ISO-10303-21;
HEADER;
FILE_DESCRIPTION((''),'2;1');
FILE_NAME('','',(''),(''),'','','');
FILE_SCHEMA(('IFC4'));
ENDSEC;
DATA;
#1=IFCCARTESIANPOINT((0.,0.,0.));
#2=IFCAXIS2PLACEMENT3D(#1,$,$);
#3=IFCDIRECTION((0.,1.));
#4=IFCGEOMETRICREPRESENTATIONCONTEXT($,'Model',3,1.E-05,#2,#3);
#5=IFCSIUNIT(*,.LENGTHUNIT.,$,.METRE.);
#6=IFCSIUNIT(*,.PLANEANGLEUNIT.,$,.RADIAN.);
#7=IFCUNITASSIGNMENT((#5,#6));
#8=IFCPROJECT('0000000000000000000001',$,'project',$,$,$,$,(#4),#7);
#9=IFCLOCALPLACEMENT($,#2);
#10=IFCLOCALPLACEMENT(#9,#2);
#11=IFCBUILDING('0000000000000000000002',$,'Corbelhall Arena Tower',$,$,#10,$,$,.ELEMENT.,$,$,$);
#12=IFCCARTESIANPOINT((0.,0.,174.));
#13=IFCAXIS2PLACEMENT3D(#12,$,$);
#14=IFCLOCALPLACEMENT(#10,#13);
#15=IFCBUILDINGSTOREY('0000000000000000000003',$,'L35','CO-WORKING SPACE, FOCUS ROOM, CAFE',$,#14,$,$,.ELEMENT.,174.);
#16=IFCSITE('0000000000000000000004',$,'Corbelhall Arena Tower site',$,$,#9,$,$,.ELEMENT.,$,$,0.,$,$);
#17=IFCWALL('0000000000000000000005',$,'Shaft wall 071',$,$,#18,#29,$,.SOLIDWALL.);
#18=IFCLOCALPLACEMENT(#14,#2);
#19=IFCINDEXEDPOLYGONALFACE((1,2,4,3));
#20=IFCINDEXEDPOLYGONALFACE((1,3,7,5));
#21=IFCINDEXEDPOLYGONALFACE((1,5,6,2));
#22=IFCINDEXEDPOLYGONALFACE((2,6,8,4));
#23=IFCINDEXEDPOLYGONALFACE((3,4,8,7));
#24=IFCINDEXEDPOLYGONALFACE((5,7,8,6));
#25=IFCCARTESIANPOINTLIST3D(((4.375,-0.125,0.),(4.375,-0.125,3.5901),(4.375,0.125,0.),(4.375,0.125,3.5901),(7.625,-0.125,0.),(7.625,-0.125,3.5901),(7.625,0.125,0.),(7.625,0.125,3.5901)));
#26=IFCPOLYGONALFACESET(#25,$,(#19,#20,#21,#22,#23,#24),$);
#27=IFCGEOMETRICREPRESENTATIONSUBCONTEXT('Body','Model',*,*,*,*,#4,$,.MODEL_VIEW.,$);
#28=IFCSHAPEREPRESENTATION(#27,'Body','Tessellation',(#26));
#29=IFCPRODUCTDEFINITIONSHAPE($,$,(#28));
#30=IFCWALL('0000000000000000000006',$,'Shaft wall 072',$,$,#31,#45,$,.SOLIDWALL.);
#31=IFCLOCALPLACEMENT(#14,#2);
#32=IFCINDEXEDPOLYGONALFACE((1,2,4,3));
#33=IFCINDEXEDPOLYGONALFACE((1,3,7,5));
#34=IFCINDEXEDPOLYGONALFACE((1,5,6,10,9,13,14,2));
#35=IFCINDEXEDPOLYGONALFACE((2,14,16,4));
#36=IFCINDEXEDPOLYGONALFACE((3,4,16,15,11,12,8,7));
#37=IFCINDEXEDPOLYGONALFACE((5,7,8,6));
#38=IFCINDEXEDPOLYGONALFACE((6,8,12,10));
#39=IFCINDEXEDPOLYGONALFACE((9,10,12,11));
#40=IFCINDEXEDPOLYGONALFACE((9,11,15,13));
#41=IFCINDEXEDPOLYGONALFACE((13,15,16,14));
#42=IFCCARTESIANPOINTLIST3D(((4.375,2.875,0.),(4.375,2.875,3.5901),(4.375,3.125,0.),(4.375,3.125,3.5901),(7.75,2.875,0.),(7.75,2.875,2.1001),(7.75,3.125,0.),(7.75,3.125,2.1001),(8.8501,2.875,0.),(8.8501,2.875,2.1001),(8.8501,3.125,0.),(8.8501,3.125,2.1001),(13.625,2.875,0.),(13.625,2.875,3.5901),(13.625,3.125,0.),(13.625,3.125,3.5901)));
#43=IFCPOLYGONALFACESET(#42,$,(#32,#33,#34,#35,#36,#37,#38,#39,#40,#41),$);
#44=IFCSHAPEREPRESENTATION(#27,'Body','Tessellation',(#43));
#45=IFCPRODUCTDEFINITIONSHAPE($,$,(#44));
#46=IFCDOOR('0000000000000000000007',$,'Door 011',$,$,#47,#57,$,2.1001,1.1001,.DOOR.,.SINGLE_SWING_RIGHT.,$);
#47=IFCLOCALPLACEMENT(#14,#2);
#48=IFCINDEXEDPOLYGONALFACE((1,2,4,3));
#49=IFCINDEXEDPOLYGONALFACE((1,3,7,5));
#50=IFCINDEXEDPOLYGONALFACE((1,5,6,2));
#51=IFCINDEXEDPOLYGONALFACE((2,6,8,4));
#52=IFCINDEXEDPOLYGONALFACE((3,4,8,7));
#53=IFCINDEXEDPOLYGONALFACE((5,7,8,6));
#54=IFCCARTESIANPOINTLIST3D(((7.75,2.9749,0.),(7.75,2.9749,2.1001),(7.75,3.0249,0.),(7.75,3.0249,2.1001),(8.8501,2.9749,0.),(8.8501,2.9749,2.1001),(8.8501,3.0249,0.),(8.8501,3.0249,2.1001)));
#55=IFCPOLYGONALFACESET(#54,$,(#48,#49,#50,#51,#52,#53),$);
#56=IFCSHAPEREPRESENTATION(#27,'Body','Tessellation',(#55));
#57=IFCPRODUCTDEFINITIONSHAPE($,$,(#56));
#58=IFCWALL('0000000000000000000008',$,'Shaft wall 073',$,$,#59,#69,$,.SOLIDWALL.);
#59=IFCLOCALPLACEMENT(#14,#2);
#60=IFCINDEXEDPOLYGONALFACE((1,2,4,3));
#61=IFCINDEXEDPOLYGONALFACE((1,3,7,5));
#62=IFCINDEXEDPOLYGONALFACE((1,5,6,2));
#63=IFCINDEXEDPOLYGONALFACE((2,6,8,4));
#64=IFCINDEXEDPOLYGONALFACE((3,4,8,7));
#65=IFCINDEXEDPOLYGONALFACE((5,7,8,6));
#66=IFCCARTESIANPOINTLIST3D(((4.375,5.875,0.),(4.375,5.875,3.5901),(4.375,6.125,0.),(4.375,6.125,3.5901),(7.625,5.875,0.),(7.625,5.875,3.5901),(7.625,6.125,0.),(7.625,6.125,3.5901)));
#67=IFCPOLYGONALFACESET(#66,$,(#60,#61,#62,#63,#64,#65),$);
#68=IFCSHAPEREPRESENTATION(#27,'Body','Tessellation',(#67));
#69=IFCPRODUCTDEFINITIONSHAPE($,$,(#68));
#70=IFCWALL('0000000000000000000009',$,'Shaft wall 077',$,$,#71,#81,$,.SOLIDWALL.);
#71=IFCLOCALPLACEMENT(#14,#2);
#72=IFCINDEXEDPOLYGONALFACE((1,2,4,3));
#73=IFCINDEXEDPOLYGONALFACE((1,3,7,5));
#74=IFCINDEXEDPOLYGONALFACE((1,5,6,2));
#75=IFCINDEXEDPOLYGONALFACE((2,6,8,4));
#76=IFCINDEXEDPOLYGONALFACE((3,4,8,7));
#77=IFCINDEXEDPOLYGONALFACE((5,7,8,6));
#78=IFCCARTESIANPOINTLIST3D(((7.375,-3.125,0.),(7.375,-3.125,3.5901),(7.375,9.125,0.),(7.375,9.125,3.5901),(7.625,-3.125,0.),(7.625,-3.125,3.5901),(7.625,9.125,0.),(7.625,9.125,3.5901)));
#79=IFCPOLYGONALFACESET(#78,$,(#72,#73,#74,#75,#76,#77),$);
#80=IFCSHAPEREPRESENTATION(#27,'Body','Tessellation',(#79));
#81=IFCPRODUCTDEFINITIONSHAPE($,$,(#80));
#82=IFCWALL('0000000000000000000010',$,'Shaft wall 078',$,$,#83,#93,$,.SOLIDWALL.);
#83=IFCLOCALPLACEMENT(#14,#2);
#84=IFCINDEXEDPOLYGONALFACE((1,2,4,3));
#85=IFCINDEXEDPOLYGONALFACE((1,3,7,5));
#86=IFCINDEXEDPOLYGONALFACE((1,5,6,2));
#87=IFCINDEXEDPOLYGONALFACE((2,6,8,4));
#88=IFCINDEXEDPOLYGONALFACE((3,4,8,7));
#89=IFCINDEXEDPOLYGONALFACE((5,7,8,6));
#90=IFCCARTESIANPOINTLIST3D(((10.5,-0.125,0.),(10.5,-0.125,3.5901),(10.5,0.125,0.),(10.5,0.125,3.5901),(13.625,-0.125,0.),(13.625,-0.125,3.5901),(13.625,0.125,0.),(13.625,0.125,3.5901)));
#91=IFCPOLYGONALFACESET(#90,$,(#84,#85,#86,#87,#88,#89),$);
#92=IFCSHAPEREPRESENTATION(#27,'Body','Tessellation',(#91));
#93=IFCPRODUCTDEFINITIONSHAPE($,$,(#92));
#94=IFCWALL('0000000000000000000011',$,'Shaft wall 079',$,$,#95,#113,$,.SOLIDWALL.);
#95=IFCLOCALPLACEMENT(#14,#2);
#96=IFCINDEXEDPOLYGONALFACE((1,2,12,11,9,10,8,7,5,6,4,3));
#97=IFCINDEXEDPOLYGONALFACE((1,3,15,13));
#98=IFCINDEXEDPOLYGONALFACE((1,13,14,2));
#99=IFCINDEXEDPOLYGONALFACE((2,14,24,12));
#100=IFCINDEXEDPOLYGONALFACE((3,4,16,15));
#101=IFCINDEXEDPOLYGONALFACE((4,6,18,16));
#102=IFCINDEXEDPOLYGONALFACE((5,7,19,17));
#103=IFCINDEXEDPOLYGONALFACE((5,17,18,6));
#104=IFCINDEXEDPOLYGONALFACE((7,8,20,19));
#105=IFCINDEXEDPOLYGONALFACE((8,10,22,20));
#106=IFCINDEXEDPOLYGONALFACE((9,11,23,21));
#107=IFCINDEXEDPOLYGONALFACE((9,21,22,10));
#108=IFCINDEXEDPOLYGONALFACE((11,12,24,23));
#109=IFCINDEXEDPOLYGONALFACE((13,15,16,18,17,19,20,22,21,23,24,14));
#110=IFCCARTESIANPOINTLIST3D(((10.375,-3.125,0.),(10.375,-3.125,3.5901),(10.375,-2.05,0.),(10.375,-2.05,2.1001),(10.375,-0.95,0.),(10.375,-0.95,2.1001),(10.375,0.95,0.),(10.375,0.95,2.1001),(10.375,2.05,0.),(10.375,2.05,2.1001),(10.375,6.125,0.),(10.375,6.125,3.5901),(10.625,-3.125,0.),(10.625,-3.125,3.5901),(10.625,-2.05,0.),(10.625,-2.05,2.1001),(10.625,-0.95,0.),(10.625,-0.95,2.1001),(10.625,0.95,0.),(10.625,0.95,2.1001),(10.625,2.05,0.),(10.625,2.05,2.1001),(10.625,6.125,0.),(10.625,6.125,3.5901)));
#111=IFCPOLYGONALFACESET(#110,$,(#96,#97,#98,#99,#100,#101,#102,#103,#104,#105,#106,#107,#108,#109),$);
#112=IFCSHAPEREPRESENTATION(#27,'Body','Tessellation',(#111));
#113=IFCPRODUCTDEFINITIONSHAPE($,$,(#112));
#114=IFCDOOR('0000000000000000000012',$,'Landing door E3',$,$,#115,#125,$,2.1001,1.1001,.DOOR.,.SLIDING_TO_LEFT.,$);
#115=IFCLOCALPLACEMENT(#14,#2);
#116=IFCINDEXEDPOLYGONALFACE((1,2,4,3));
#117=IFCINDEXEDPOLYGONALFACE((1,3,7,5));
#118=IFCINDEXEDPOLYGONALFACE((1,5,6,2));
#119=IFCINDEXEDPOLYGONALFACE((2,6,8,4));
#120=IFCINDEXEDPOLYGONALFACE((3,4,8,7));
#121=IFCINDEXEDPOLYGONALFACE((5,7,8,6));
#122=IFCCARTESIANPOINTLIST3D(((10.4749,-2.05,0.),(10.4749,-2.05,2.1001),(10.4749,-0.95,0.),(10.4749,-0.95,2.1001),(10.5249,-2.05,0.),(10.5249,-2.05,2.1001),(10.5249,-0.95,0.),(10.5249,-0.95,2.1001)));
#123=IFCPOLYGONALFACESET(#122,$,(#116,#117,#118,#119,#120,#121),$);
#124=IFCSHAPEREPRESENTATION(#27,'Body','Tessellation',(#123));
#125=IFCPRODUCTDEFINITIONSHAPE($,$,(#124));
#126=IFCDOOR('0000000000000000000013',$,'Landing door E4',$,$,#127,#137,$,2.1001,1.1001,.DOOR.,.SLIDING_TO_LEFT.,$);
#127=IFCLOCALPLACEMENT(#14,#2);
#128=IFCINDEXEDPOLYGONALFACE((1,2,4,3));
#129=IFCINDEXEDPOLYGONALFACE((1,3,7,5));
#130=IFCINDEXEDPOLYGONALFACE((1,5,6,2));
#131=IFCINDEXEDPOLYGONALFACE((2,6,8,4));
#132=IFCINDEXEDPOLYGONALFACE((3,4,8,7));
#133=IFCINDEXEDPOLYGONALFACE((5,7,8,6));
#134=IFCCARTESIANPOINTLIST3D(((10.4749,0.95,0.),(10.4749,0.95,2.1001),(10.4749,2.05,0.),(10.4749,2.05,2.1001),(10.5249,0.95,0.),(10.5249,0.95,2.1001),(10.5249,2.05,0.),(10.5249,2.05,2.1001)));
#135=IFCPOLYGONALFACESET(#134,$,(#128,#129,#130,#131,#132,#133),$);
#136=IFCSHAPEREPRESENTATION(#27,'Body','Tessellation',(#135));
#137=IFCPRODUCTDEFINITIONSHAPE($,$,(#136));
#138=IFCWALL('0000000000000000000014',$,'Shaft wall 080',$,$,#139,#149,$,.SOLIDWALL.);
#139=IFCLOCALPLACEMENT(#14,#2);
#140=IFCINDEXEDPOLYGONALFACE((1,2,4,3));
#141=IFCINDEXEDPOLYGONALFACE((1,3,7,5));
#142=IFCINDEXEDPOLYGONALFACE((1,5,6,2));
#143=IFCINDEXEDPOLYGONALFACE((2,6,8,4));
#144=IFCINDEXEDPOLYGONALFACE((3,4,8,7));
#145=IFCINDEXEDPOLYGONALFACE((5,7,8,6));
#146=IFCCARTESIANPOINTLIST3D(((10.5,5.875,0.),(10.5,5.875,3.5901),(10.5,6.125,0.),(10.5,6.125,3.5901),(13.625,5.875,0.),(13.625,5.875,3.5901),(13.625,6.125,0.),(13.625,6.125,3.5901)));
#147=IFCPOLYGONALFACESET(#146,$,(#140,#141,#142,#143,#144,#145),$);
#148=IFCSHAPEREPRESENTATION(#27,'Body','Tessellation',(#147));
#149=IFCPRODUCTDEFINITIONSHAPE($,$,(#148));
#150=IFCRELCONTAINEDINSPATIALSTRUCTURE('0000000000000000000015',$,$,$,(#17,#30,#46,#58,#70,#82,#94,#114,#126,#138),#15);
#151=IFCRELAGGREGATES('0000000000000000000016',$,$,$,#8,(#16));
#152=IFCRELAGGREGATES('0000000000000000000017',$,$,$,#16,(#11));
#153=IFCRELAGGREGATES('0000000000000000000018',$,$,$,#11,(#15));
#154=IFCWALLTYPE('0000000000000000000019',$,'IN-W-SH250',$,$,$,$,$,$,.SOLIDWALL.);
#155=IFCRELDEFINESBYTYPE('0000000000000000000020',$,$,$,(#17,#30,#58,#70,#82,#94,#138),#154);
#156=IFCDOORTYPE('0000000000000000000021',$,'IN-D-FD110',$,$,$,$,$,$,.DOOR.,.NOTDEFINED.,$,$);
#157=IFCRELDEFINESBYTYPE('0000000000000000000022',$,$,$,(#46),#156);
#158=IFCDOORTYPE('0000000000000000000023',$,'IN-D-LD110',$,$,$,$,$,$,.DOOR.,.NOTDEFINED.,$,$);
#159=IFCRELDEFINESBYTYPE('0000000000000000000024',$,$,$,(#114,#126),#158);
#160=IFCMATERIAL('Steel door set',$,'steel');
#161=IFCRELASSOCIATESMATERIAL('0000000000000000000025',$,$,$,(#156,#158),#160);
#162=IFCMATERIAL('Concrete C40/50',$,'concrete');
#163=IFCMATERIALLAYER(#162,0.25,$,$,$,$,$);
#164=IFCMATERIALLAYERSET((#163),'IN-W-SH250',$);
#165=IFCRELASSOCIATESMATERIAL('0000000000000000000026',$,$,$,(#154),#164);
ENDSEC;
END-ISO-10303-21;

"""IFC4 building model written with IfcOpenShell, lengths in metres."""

from ifc_helpers import new_model, si_unit, direction, frame, frame_2d, origin, place, context, subcontext, project, spatial, rectangle, extrude, material, layer, layer_set, type_object, element, fill, save


model = new_model("IFC4")

# Units and contexts
model_context = context("Model", 3, precision=1e-05, world=origin(), true_north=direction((0.0, 1.0)))
body_context = subcontext(model_context, "Body", "Model", "MODEL_VIEW")
ifc_project = project(units=[si_unit("LENGTHUNIT", "METRE"), si_unit("PLANEANGLEUNIT", "RADIAN")], contexts=[model_context])

# Site, building, storey
site_placement = place(None, origin())
site = spatial("IfcSite", under=ifc_project, at=site_placement, Name="Corbelhall Arena Tower site", CompositionType="ELEMENT", RefElevation=0.0)
building_placement = place(site_placement, origin())
building = spatial("IfcBuilding", under=site, at=building_placement, Name="Corbelhall Arena Tower", CompositionType="ELEMENT")
storey_placement = place(building_placement, frame((0.0, 0.0, 174.0)))
storey = spatial("IfcBuildingStorey", under=building, at=storey_placement, Name="L35", Description="CO-WORKING SPACE, FOCUS ROOM, CAFE", CompositionType="ELEMENT", Elevation=174.0)

# Shared definitions
ifc_material_1 = material(Name="Concrete C40/50", Category="concrete")

# Shared definitions
ifc_material_2 = material(Name="Steel door set", Category="steel")
door_type_1 = type_object("IfcDoorType", Name="IN-D-FD110", OperationType="NOTDEFINED", PredefinedType="DOOR", material=ifc_material_2)

# Wall
ifc_layer_1 = layer(ifc_material_1, 0.25)
ifc_layer_set_1 = layer_set([ifc_layer_1], Name="IN-W-SH250")
wall_type_1 = type_object("IfcWallType", Name="IN-W-SH250", PredefinedType="SOLIDWALL", material=ifc_layer_set_1)
wall_1_placement = place(storey_placement, frame((4.375, 0.0, 0.0), z_axis=(0.0, 0.0, 1.0), x_axis=(1.0, 0.0, 0.0)))
element("IfcWall", 1, at=wall_1_placement, inside=storey, type_object=wall_type_1, Name="Shaft wall 071", PredefinedType="SOLIDWALL", context=body_context, shape_type="SweptSolid", body=[
    extrude(rectangle(XDim=3.25, YDim=0.25, at=frame_2d((1.625, 0.0))), origin(), (0.0, 0.0, 1.0), 3.5901),
])

# Wall, opening, door
wall_2_placement = place(storey_placement, frame((4.375, 3.0, 0.0), z_axis=(0.0, 0.0, 1.0), x_axis=(1.0, 0.0, 0.0)))
wall_2 = element("IfcWall", 2, at=wall_2_placement, inside=storey, type_object=wall_type_1, Name="Shaft wall 072", PredefinedType="SOLIDWALL", context=body_context, shape_type="SweptSolid", body=[
    extrude(rectangle(XDim=9.25, YDim=0.25, at=frame_2d((4.625, 0.0))), origin(), (0.0, 0.0, 1.0), 3.5901),
])
opening_1_placement = place(wall_2_placement, frame((3.375, 0.0, 0.0)))
opening_1 = element("IfcOpeningElement", 3, at=opening_1_placement, cuts=wall_2, PredefinedType="OPENING", context=body_context, shape_type="SweptSolid", body=[
    extrude(rectangle(XDim=1.1001, YDim=2.1001, at=frame_2d((0.55, 1.05))), frame((0.0, 0.125, 0.0), z_axis=(0.0, -1.0, 0.0), x_axis=(1.0, 0.0, 0.0)), (0.0, 0.0, 1.0), 0.25),
])
door_1_placement = place(opening_1_placement, origin())
door_1 = element("IfcDoor", 4, at=door_1_placement, inside=storey, type_object=door_type_1, Name="Door 011", OperationType="SINGLE_SWING_RIGHT", OverallHeight=2.1001, OverallWidth=1.1001, PredefinedType="DOOR", context=body_context, shape_type="SweptSolid", body=[
    extrude(rectangle(XDim=1.1001, YDim=2.1001, at=frame_2d((0.55, 1.05))), frame((0.0, 0.0249, 0.0), z_axis=(0.0, -1.0, 0.0), x_axis=(1.0, 0.0, 0.0)), (0.0, 0.0, 1.0), 0.05),
])
fill(opening_1, door_1)

# Walls
wall_3_placement = place(storey_placement, frame((4.375, 6.0, 0.0), z_axis=(0.0, 0.0, 1.0), x_axis=(1.0, 0.0, 0.0)))
element("IfcWall", 5, at=wall_3_placement, inside=storey, type_object=wall_type_1, Name="Shaft wall 073", PredefinedType="SOLIDWALL", context=body_context, shape_type="SweptSolid", body=[
    extrude(rectangle(XDim=3.25, YDim=0.25, at=frame_2d((1.625, 0.0))), origin(), (0.0, 0.0, 1.0), 3.5901),
])
wall_4_placement = place(storey_placement, frame((7.5, 9.125, 0.0), z_axis=(0.0, 0.0, 1.0), x_axis=(0.0, -1.0, 0.0)))
element("IfcWall", 6, at=wall_4_placement, inside=storey, type_object=wall_type_1, Name="Shaft wall 077", PredefinedType="SOLIDWALL", context=body_context, shape_type="SweptSolid", body=[
    extrude(rectangle(XDim=12.25, YDim=0.25, at=frame_2d((6.125, 0.0))), origin(), (0.0, 0.0, 1.0), 3.5901),
])
wall_5_placement = place(storey_placement, frame((10.5, 0.0, 0.0), z_axis=(0.0, 0.0, 1.0), x_axis=(1.0, 0.0, 0.0)))
element("IfcWall", 7, at=wall_5_placement, inside=storey, type_object=wall_type_1, Name="Shaft wall 078", PredefinedType="SOLIDWALL", context=body_context, shape_type="SweptSolid", body=[
    extrude(rectangle(XDim=3.125, YDim=0.25, at=frame_2d((1.5625, 0.0))), origin(), (0.0, 0.0, 1.0), 3.5901),
])

# Wall, openings, doors
wall_6_placement = place(storey_placement, frame((10.5, 6.125, 0.0), z_axis=(0.0, 0.0, 1.0), x_axis=(0.0, -1.0, 0.0)))
wall_6 = element("IfcWall", 8, at=wall_6_placement, inside=storey, type_object=wall_type_1, Name="Shaft wall 079", PredefinedType="SOLIDWALL", context=body_context, shape_type="SweptSolid", body=[
    extrude(rectangle(XDim=9.25, YDim=0.25, at=frame_2d((4.625, 0.0))), origin(), (0.0, 0.0, 1.0), 3.5901),
])
opening_2_placement = place(wall_6_placement, frame((7.075, 0.0, 0.0)))
opening_2 = element("IfcOpeningElement", 9, at=opening_2_placement, cuts=wall_6, PredefinedType="OPENING", context=body_context, shape_type="SweptSolid", body=[
    extrude(rectangle(XDim=1.1001, YDim=2.1001, at=frame_2d((0.55, 1.05))), frame((0.0, 0.125, 0.0), z_axis=(0.0, -1.0, 0.0), x_axis=(1.0, 0.0, 0.0)), (0.0, 0.0, 1.0), 0.25),
])
opening_3_placement = place(wall_6_placement, frame((4.075, 0.0, 0.0)))
opening_3 = element("IfcOpeningElement", 10, at=opening_3_placement, cuts=wall_6, PredefinedType="OPENING", context=body_context, shape_type="SweptSolid", body=[
    extrude(rectangle(XDim=1.1001, YDim=2.1001, at=frame_2d((0.55, 1.05))), frame((0.0, 0.125, 0.0), z_axis=(0.0, -1.0, 0.0), x_axis=(1.0, 0.0, 0.0)), (0.0, 0.0, 1.0), 0.25),
])
door_type_2 = type_object("IfcDoorType", Name="IN-D-LD110", OperationType="NOTDEFINED", PredefinedType="DOOR", material=ifc_material_2)
door_2_placement = place(opening_2_placement, origin())
door_2 = element("IfcDoor", 11, at=door_2_placement, inside=storey, type_object=door_type_2, Name="Landing door E3", OperationType="SLIDING_TO_LEFT", OverallHeight=2.1001, OverallWidth=1.1001, PredefinedType="DOOR", context=body_context, shape_type="SweptSolid", body=[
    extrude(rectangle(XDim=1.1001, YDim=2.1001, at=frame_2d((0.55, 1.05))), frame((0.0, 0.0249, 0.0), z_axis=(0.0, -1.0, 0.0), x_axis=(1.0, 0.0, 0.0)), (0.0, 0.0, 1.0), 0.05),
])
fill(opening_2, door_2)
door_3_placement = place(opening_3_placement, origin())
door_3 = element("IfcDoor", 12, at=door_3_placement, inside=storey, type_object=door_type_2, Name="Landing door E4", OperationType="SLIDING_TO_LEFT", OverallHeight=2.1001, OverallWidth=1.1001, PredefinedType="DOOR", context=body_context, shape_type="SweptSolid", body=[
    extrude(rectangle(XDim=1.1001, YDim=2.1001, at=frame_2d((0.55, 1.05))), frame((0.0, 0.0249, 0.0), z_axis=(0.0, -1.0, 0.0), x_axis=(1.0, 0.0, 0.0)), (0.0, 0.0, 1.0), 0.05),
])
fill(opening_3, door_3)

# Wall
wall_7_placement = place(storey_placement, frame((10.5, 6.0, 0.0), z_axis=(0.0, 0.0, 1.0), x_axis=(1.0, 0.0, 0.0)))
element("IfcWall", 13, at=wall_7_placement, inside=storey, type_object=wall_type_1, Name="Shaft wall 080", PredefinedType="SOLIDWALL", context=body_context, shape_type="SweptSolid", body=[
    extrude(rectangle(XDim=3.125, YDim=0.25, at=frame_2d((1.5625, 0.0))), origin(), (0.0, 0.0, 1.0), 3.5901),
])

save(model, "model.ifc")
